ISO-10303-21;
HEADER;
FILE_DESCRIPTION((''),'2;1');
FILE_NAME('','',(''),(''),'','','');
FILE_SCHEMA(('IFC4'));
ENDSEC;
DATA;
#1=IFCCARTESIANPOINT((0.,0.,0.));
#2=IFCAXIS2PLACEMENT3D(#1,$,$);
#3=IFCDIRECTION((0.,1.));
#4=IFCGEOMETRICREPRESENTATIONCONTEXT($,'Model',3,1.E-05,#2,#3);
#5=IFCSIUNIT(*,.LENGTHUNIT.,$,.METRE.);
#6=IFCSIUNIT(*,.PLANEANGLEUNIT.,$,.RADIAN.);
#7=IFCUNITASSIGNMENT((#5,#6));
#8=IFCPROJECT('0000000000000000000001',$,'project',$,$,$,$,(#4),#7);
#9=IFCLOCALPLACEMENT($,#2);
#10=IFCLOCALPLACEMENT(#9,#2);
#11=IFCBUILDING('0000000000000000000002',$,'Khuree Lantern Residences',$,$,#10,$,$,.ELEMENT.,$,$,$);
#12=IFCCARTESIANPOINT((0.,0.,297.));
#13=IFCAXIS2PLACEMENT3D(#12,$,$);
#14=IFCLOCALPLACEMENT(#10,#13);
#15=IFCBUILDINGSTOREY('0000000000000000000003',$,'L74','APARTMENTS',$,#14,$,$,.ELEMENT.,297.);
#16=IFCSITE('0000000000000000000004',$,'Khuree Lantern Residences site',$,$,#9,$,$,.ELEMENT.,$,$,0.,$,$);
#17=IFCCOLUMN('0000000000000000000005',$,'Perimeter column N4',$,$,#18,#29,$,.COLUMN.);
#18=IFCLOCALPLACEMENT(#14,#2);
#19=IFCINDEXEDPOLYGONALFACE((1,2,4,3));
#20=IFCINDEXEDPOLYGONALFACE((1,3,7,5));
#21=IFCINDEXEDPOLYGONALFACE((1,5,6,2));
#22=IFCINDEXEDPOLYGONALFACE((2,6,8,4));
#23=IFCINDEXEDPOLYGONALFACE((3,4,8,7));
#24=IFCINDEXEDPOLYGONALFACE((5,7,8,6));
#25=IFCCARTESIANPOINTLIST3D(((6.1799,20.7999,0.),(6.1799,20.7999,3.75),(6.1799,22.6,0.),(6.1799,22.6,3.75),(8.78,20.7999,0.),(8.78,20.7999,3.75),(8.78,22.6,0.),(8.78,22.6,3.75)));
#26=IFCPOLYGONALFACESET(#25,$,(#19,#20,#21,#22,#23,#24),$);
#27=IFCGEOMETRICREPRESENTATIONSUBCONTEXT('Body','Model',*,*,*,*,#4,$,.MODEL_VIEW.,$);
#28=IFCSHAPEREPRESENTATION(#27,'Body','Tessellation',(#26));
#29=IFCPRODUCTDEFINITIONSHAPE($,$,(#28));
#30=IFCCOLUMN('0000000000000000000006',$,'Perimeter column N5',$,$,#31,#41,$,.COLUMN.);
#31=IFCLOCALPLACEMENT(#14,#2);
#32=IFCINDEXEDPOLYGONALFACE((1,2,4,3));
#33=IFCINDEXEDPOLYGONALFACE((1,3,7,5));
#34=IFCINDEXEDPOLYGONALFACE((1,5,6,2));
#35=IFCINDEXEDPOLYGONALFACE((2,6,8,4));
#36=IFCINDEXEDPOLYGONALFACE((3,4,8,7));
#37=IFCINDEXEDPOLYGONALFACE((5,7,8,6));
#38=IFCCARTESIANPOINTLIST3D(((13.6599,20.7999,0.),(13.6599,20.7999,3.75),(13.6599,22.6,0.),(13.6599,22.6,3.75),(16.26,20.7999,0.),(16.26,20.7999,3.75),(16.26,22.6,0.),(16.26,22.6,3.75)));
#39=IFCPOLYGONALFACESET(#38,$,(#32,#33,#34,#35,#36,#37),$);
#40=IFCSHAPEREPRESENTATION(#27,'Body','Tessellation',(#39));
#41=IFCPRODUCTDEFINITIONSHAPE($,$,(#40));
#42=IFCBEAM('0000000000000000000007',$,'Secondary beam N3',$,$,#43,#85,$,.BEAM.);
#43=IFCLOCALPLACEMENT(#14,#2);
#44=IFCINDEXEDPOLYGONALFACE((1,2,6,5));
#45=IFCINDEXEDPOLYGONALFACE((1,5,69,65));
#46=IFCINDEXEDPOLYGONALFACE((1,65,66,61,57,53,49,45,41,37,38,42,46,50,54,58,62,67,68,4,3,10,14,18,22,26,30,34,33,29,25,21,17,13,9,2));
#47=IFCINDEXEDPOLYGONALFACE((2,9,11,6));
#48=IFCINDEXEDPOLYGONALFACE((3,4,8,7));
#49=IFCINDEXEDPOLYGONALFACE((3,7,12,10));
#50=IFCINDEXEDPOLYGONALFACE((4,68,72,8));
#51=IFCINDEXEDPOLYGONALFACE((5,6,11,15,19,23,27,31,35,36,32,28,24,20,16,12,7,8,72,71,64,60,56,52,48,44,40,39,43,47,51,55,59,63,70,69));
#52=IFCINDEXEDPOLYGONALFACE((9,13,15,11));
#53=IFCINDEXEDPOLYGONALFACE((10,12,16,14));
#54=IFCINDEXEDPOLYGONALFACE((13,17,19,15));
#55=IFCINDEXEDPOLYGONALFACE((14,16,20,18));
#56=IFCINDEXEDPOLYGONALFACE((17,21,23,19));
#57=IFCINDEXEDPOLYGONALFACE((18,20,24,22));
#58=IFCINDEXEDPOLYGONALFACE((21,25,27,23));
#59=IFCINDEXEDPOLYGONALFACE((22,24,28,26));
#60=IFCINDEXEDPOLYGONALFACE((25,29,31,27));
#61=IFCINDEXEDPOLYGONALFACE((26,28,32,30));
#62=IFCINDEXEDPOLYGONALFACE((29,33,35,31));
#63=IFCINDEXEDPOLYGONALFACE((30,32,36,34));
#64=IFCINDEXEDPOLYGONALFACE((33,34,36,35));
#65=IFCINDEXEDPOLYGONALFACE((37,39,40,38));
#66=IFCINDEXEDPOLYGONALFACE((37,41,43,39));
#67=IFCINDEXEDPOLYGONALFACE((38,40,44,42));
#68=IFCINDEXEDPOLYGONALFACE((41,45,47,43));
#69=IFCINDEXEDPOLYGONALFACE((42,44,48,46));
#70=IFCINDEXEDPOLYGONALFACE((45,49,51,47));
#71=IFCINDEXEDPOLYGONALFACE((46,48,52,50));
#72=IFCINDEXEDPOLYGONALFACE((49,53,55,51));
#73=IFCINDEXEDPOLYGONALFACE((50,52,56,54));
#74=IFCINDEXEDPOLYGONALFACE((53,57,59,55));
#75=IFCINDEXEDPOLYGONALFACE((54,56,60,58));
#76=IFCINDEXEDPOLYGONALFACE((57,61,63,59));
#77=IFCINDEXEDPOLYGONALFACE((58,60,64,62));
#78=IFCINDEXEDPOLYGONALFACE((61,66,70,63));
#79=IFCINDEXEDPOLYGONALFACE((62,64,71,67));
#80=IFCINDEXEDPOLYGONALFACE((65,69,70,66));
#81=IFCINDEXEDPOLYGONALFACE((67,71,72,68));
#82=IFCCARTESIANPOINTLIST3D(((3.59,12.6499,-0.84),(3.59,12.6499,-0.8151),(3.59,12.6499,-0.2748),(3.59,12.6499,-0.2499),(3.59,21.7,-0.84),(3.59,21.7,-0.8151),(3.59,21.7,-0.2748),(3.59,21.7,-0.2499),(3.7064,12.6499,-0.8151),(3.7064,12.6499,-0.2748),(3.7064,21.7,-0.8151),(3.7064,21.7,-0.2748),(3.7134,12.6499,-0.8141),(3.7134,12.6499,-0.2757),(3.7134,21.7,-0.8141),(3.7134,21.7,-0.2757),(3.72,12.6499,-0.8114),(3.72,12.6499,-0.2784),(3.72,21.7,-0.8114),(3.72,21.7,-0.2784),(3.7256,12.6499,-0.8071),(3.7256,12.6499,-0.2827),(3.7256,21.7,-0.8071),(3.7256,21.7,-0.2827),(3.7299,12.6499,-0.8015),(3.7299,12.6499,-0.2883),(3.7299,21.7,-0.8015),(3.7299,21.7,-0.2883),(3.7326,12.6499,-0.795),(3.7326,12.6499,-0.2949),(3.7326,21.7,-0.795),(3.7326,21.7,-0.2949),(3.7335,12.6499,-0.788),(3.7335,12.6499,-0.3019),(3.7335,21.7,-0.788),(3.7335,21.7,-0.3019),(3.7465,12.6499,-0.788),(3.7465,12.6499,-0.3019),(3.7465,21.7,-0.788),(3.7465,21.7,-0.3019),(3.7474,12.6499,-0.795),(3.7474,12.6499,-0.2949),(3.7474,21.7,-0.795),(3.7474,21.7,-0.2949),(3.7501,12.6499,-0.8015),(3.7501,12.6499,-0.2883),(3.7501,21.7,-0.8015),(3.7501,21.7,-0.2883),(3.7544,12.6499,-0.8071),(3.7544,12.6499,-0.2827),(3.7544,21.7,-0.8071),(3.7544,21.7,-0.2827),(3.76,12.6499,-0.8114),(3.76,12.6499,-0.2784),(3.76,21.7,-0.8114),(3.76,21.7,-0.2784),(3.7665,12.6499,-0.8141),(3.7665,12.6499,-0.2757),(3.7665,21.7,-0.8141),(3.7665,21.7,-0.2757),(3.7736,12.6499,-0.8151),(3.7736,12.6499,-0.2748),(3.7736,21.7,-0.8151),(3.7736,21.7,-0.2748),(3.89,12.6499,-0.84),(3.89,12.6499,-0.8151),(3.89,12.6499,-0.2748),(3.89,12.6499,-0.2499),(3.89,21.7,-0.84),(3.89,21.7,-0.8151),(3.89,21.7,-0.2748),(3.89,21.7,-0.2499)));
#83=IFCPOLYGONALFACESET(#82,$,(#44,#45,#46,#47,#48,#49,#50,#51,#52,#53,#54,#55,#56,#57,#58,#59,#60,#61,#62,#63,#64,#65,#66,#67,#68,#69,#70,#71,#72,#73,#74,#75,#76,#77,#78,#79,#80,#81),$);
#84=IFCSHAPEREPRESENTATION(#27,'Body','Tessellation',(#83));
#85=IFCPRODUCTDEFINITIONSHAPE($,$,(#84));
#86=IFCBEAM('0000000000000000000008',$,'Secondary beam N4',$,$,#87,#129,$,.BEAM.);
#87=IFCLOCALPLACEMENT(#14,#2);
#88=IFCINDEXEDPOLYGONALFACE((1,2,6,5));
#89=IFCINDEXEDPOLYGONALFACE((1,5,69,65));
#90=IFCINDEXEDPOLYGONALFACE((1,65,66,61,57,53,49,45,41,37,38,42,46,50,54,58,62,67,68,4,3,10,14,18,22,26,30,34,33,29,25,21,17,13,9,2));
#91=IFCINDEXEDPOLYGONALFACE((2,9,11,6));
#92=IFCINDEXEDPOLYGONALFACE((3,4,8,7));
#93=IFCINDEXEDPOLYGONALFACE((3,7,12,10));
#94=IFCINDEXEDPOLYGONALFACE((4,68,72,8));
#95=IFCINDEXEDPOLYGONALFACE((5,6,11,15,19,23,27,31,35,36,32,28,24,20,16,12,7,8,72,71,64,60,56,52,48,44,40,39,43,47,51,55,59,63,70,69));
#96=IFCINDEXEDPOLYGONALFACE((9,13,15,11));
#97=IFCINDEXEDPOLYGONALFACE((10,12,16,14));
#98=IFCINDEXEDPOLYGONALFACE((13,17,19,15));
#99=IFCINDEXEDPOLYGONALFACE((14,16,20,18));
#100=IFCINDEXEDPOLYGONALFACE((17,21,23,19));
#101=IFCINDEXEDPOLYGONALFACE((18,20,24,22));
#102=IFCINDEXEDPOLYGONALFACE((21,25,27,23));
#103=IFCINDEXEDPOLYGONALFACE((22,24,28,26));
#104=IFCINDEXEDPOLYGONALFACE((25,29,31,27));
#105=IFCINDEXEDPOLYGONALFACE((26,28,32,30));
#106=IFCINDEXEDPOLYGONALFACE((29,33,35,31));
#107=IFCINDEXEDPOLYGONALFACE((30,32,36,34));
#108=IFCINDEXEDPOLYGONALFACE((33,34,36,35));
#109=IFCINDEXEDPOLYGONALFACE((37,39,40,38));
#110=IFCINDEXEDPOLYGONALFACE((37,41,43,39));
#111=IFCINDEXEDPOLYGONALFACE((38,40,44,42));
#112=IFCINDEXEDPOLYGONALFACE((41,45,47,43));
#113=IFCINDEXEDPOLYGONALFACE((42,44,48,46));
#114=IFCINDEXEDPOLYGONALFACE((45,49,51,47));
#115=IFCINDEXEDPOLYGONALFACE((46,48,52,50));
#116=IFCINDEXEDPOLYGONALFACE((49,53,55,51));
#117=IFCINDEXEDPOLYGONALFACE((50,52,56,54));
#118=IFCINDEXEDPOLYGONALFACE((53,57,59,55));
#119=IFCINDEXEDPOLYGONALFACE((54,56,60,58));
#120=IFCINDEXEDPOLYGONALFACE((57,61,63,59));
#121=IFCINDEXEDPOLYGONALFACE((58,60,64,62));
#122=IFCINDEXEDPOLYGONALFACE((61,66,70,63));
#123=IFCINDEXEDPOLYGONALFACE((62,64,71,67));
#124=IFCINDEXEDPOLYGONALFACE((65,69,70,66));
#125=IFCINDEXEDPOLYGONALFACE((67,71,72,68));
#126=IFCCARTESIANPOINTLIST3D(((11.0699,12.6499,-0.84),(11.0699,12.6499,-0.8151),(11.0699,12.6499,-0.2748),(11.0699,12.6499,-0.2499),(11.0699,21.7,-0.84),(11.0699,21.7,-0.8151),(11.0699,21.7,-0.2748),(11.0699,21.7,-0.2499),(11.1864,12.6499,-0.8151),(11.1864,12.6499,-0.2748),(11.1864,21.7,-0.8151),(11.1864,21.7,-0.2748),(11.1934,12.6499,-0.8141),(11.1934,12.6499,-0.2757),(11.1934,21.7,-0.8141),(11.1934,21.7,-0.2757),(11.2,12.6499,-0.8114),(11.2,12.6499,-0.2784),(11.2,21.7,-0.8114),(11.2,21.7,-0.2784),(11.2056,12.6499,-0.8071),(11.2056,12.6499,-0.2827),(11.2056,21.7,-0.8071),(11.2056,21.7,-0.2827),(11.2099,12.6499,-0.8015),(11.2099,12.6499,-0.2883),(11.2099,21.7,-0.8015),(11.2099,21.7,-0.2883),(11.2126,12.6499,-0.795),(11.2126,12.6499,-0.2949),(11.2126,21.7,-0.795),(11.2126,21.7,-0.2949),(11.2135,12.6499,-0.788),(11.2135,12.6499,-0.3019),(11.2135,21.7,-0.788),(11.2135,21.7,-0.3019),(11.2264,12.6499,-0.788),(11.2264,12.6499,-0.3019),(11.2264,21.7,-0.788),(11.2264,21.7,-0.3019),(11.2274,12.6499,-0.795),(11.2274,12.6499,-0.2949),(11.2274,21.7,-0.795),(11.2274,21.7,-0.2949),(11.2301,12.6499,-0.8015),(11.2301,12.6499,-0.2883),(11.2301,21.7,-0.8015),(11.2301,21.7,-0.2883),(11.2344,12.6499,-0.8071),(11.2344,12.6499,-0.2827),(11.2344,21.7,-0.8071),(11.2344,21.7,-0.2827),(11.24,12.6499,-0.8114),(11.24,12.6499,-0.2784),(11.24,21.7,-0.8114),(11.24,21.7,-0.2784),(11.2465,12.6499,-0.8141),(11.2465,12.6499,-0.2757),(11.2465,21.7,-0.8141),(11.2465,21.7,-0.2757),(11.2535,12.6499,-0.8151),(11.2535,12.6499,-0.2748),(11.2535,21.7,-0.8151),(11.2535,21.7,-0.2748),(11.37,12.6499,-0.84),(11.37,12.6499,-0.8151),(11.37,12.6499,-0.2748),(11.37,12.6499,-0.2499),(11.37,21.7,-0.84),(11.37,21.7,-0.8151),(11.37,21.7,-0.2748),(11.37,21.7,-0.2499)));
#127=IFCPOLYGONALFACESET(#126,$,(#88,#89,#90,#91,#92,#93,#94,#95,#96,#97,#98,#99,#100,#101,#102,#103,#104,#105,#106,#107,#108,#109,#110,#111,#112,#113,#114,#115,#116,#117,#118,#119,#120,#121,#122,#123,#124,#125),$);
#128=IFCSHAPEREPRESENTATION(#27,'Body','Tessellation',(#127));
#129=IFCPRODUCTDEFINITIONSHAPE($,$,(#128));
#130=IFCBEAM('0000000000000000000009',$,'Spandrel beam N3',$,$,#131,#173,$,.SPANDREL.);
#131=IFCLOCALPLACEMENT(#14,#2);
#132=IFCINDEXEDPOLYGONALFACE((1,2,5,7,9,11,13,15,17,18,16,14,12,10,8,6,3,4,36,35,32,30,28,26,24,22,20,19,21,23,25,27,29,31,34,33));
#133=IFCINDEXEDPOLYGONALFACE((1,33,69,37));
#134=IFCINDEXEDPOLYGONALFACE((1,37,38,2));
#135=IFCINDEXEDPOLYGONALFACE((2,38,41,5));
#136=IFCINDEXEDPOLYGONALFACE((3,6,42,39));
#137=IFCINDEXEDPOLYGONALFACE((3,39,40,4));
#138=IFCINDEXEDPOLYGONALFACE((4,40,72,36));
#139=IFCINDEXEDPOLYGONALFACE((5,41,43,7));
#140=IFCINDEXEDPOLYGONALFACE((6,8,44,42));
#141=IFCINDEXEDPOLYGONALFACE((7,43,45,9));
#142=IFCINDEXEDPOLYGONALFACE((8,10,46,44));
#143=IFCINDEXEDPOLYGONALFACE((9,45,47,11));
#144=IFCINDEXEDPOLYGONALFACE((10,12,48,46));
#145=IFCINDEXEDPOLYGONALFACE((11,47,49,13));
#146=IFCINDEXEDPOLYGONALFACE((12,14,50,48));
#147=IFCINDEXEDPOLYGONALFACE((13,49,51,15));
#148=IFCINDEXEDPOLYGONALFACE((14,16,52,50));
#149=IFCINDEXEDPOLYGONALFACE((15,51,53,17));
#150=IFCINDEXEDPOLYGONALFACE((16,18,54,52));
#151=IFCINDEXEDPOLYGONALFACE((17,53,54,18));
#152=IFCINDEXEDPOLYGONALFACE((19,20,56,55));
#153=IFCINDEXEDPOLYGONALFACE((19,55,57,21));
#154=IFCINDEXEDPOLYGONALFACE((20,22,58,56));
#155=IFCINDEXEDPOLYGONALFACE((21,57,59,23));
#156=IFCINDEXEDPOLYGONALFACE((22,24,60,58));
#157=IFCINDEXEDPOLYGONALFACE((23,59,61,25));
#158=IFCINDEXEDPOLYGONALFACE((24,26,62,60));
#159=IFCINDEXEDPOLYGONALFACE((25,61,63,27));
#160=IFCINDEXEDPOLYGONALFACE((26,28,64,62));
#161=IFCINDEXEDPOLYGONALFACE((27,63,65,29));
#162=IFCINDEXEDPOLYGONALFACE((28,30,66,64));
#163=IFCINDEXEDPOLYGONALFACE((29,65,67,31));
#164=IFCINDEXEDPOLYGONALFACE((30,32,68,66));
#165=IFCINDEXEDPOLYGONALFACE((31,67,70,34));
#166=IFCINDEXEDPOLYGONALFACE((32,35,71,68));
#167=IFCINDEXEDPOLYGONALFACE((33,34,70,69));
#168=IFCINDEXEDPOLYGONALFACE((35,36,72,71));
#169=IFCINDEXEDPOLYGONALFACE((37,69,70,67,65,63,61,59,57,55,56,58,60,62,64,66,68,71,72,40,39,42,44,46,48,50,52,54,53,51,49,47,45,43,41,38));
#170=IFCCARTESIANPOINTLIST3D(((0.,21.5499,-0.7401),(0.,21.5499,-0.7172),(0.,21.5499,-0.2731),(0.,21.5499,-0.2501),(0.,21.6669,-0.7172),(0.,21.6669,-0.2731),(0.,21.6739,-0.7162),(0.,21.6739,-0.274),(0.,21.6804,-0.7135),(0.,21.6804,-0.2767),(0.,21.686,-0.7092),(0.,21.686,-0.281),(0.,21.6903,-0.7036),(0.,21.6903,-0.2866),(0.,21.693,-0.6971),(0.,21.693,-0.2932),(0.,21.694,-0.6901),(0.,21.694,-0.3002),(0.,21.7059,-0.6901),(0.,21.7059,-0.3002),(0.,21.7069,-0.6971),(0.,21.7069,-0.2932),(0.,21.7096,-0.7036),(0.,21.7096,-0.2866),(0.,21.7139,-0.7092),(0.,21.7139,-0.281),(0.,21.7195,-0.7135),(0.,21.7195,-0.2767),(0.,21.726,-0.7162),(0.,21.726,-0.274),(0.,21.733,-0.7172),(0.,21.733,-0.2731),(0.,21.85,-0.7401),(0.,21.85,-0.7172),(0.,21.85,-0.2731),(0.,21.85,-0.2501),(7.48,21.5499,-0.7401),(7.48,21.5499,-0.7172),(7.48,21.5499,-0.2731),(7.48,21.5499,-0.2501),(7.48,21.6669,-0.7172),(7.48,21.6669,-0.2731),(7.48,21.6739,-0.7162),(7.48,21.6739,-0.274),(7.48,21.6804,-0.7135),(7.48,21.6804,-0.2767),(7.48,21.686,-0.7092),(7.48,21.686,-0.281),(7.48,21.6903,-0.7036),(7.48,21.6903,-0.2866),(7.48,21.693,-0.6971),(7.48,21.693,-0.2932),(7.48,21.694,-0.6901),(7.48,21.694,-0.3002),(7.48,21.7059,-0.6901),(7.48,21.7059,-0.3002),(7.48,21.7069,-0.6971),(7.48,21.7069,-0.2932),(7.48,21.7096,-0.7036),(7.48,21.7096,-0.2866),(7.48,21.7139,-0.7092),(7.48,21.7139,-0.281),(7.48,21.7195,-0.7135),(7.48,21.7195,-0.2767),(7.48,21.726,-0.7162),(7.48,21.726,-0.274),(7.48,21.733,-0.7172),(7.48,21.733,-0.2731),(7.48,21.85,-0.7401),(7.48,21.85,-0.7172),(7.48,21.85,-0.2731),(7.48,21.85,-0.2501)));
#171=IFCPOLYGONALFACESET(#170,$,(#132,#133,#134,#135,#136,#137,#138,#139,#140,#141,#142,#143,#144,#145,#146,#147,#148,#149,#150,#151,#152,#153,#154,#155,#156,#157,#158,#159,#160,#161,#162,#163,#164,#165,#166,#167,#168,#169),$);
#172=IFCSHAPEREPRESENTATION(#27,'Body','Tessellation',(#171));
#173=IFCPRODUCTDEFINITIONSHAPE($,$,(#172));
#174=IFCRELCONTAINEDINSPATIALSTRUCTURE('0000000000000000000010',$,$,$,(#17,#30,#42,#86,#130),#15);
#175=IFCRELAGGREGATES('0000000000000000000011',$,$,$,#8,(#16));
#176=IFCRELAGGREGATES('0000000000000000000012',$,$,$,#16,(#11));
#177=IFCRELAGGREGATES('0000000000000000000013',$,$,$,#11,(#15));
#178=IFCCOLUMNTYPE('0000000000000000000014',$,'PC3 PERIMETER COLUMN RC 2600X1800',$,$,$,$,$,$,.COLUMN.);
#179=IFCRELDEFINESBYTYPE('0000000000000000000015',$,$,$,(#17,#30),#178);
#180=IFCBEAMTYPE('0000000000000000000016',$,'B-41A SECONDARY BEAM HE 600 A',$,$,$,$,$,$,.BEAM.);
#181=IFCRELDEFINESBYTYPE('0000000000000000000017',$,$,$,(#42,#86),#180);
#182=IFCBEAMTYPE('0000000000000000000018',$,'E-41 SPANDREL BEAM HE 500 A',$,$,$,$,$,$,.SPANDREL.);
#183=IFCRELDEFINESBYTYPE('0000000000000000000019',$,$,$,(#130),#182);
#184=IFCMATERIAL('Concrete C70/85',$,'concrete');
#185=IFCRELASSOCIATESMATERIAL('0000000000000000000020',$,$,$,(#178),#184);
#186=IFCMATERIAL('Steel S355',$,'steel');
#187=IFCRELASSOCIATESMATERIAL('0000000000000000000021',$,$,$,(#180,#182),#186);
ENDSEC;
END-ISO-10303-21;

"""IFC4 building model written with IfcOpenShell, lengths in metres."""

from ifc_helpers import new_model, si_unit, direction, frame, origin, origin_2d, place, context, subcontext, project, spatial, rectangle, i_section, extrude, material, material_profile, profile_set, type_object, element, save


model = new_model("IFC4")

# Units and contexts
model_context = context("Model", 3, precision=1e-05, world=origin(), true_north=direction((0.0, 1.0)))
body_context = subcontext(model_context, "Body", "Model", "MODEL_VIEW")
ifc_project = project(units=[si_unit("LENGTHUNIT", "METRE"), si_unit("PLANEANGLEUNIT", "RADIAN")], contexts=[model_context])

# Site, building, storey
site_placement = place(None, origin())
site = spatial("IfcSite", under=ifc_project, at=site_placement, Name="Khuree Lantern Residences site", CompositionType="ELEMENT", RefElevation=0.0)
building_placement = place(site_placement, origin())
building = spatial("IfcBuilding", under=site, at=building_placement, Name="Khuree Lantern Residences", CompositionType="ELEMENT")
storey_placement = place(building_placement, frame((0.0, 0.0, 297.0)))
storey = spatial("IfcBuildingStorey", under=building, at=storey_placement, Name="L74", Description="APARTMENTS", CompositionType="ELEMENT", Elevation=297.0)

# Columns
ifc_material_1 = material(Name="Concrete C70/85", Category="concrete")
ifc_material_profile_1 = material_profile(ifc_material_1, rectangle(XDim=2.6001, YDim=1.8, at=origin_2d()), Name="RC 2600X1800")
ifc_profile_set_1 = profile_set([ifc_material_profile_1], Name="Concrete C70/85")
column_type = type_object("IfcColumnType", Name="PC3 PERIMETER COLUMN RC 2600X1800", PredefinedType="COLUMN", material=ifc_profile_set_1)
for number, where, z_axis, x_axis, name in (
    (1, (7.48, 21.7, 0.0), (0.0, 0.0, 1.0), (1.0, 0.0, 0.0), "Perimeter column N4"),
    (2, (14.96, 21.7, 0.0), (0.0, 0.0, 1.0), (1.0, 0.0, 0.0), "Perimeter column N5"),
):
    element("IfcColumn", number, at=place(storey_placement, frame(where, z_axis=z_axis, x_axis=x_axis)), inside=storey, type_object=column_type, Name=name, PredefinedType="COLUMN", context=body_context, shape_type="SweptSolid", body=[
        extrude(rectangle(XDim=2.6001, YDim=1.8, at=origin_2d()), origin(), (0.0, 0.0, 1.0), 3.75),
    ])

# Beams
ifc_material_2 = material(Name="Steel S355", Category="steel")
ifc_material_profile_2 = material_profile(ifc_material_2, i_section(OverallWidth=0.3, OverallDepth=0.5901, WebThickness=0.0129, FlangeThickness=0.0249, FilletRadius=0.0271, at=origin_2d()), Name="HE 600 A")
ifc_profile_set_2 = profile_set([ifc_material_profile_2], Name="Steel S355")
beam_type_1 = type_object("IfcBeamType", Name="B-41A SECONDARY BEAM HE 600 A", PredefinedType="BEAM", material=ifc_profile_set_2)
for number, where, z_axis, x_axis, name in (
    (3, (3.74, 21.7, -0.5449), (0.0, -1.0, 0.0), (1.0, 0.0, 0.0), "Secondary beam N3"),
    (4, (11.22, 21.7, -0.5449), (0.0, -1.0, 0.0), (1.0, 0.0, 0.0), "Secondary beam N4"),
):
    element("IfcBeam", number, at=place(storey_placement, frame(where, z_axis=z_axis, x_axis=x_axis)), inside=storey, type_object=beam_type_1, Name=name, PredefinedType="BEAM", context=body_context, shape_type="SweptSolid", body=[
        extrude(i_section(OverallWidth=0.3, OverallDepth=0.5901, WebThickness=0.0129, FlangeThickness=0.0249, FilletRadius=0.0271, at=origin_2d()), origin(), (0.0, 0.0, 1.0), 9.05),
    ])
ifc_material_profile_3 = material_profile(ifc_material_2, i_section(OverallWidth=0.3, OverallDepth=0.49, WebThickness=0.012, FlangeThickness=0.0229, FilletRadius=0.0271, at=origin_2d()), Name="HE 500 A")
ifc_profile_set_3 = profile_set([ifc_material_profile_3], Name="Steel S355")
beam_type_2 = type_object("IfcBeamType", Name="E-41 SPANDREL BEAM HE 500 A", PredefinedType="SPANDREL", material=ifc_profile_set_3)
for number, where, z_axis, x_axis, name in (
    (5, (0.0, 21.7, -0.4951), (1.0, 0.0, 0.0), (0.0, 1.0, 0.0), "Spandrel beam N3"),
):
    element("IfcBeam", number, at=place(storey_placement, frame(where, z_axis=z_axis, x_axis=x_axis)), inside=storey, type_object=beam_type_2, Name=name, PredefinedType="SPANDREL", context=body_context, shape_type="SweptSolid", body=[
        extrude(i_section(OverallWidth=0.3, OverallDepth=0.49, WebThickness=0.012, FlangeThickness=0.0229, FilletRadius=0.0271, at=origin_2d()), origin(), (0.0, 0.0, 1.0), 7.48),
    ])

save(model, "model.ifc")
